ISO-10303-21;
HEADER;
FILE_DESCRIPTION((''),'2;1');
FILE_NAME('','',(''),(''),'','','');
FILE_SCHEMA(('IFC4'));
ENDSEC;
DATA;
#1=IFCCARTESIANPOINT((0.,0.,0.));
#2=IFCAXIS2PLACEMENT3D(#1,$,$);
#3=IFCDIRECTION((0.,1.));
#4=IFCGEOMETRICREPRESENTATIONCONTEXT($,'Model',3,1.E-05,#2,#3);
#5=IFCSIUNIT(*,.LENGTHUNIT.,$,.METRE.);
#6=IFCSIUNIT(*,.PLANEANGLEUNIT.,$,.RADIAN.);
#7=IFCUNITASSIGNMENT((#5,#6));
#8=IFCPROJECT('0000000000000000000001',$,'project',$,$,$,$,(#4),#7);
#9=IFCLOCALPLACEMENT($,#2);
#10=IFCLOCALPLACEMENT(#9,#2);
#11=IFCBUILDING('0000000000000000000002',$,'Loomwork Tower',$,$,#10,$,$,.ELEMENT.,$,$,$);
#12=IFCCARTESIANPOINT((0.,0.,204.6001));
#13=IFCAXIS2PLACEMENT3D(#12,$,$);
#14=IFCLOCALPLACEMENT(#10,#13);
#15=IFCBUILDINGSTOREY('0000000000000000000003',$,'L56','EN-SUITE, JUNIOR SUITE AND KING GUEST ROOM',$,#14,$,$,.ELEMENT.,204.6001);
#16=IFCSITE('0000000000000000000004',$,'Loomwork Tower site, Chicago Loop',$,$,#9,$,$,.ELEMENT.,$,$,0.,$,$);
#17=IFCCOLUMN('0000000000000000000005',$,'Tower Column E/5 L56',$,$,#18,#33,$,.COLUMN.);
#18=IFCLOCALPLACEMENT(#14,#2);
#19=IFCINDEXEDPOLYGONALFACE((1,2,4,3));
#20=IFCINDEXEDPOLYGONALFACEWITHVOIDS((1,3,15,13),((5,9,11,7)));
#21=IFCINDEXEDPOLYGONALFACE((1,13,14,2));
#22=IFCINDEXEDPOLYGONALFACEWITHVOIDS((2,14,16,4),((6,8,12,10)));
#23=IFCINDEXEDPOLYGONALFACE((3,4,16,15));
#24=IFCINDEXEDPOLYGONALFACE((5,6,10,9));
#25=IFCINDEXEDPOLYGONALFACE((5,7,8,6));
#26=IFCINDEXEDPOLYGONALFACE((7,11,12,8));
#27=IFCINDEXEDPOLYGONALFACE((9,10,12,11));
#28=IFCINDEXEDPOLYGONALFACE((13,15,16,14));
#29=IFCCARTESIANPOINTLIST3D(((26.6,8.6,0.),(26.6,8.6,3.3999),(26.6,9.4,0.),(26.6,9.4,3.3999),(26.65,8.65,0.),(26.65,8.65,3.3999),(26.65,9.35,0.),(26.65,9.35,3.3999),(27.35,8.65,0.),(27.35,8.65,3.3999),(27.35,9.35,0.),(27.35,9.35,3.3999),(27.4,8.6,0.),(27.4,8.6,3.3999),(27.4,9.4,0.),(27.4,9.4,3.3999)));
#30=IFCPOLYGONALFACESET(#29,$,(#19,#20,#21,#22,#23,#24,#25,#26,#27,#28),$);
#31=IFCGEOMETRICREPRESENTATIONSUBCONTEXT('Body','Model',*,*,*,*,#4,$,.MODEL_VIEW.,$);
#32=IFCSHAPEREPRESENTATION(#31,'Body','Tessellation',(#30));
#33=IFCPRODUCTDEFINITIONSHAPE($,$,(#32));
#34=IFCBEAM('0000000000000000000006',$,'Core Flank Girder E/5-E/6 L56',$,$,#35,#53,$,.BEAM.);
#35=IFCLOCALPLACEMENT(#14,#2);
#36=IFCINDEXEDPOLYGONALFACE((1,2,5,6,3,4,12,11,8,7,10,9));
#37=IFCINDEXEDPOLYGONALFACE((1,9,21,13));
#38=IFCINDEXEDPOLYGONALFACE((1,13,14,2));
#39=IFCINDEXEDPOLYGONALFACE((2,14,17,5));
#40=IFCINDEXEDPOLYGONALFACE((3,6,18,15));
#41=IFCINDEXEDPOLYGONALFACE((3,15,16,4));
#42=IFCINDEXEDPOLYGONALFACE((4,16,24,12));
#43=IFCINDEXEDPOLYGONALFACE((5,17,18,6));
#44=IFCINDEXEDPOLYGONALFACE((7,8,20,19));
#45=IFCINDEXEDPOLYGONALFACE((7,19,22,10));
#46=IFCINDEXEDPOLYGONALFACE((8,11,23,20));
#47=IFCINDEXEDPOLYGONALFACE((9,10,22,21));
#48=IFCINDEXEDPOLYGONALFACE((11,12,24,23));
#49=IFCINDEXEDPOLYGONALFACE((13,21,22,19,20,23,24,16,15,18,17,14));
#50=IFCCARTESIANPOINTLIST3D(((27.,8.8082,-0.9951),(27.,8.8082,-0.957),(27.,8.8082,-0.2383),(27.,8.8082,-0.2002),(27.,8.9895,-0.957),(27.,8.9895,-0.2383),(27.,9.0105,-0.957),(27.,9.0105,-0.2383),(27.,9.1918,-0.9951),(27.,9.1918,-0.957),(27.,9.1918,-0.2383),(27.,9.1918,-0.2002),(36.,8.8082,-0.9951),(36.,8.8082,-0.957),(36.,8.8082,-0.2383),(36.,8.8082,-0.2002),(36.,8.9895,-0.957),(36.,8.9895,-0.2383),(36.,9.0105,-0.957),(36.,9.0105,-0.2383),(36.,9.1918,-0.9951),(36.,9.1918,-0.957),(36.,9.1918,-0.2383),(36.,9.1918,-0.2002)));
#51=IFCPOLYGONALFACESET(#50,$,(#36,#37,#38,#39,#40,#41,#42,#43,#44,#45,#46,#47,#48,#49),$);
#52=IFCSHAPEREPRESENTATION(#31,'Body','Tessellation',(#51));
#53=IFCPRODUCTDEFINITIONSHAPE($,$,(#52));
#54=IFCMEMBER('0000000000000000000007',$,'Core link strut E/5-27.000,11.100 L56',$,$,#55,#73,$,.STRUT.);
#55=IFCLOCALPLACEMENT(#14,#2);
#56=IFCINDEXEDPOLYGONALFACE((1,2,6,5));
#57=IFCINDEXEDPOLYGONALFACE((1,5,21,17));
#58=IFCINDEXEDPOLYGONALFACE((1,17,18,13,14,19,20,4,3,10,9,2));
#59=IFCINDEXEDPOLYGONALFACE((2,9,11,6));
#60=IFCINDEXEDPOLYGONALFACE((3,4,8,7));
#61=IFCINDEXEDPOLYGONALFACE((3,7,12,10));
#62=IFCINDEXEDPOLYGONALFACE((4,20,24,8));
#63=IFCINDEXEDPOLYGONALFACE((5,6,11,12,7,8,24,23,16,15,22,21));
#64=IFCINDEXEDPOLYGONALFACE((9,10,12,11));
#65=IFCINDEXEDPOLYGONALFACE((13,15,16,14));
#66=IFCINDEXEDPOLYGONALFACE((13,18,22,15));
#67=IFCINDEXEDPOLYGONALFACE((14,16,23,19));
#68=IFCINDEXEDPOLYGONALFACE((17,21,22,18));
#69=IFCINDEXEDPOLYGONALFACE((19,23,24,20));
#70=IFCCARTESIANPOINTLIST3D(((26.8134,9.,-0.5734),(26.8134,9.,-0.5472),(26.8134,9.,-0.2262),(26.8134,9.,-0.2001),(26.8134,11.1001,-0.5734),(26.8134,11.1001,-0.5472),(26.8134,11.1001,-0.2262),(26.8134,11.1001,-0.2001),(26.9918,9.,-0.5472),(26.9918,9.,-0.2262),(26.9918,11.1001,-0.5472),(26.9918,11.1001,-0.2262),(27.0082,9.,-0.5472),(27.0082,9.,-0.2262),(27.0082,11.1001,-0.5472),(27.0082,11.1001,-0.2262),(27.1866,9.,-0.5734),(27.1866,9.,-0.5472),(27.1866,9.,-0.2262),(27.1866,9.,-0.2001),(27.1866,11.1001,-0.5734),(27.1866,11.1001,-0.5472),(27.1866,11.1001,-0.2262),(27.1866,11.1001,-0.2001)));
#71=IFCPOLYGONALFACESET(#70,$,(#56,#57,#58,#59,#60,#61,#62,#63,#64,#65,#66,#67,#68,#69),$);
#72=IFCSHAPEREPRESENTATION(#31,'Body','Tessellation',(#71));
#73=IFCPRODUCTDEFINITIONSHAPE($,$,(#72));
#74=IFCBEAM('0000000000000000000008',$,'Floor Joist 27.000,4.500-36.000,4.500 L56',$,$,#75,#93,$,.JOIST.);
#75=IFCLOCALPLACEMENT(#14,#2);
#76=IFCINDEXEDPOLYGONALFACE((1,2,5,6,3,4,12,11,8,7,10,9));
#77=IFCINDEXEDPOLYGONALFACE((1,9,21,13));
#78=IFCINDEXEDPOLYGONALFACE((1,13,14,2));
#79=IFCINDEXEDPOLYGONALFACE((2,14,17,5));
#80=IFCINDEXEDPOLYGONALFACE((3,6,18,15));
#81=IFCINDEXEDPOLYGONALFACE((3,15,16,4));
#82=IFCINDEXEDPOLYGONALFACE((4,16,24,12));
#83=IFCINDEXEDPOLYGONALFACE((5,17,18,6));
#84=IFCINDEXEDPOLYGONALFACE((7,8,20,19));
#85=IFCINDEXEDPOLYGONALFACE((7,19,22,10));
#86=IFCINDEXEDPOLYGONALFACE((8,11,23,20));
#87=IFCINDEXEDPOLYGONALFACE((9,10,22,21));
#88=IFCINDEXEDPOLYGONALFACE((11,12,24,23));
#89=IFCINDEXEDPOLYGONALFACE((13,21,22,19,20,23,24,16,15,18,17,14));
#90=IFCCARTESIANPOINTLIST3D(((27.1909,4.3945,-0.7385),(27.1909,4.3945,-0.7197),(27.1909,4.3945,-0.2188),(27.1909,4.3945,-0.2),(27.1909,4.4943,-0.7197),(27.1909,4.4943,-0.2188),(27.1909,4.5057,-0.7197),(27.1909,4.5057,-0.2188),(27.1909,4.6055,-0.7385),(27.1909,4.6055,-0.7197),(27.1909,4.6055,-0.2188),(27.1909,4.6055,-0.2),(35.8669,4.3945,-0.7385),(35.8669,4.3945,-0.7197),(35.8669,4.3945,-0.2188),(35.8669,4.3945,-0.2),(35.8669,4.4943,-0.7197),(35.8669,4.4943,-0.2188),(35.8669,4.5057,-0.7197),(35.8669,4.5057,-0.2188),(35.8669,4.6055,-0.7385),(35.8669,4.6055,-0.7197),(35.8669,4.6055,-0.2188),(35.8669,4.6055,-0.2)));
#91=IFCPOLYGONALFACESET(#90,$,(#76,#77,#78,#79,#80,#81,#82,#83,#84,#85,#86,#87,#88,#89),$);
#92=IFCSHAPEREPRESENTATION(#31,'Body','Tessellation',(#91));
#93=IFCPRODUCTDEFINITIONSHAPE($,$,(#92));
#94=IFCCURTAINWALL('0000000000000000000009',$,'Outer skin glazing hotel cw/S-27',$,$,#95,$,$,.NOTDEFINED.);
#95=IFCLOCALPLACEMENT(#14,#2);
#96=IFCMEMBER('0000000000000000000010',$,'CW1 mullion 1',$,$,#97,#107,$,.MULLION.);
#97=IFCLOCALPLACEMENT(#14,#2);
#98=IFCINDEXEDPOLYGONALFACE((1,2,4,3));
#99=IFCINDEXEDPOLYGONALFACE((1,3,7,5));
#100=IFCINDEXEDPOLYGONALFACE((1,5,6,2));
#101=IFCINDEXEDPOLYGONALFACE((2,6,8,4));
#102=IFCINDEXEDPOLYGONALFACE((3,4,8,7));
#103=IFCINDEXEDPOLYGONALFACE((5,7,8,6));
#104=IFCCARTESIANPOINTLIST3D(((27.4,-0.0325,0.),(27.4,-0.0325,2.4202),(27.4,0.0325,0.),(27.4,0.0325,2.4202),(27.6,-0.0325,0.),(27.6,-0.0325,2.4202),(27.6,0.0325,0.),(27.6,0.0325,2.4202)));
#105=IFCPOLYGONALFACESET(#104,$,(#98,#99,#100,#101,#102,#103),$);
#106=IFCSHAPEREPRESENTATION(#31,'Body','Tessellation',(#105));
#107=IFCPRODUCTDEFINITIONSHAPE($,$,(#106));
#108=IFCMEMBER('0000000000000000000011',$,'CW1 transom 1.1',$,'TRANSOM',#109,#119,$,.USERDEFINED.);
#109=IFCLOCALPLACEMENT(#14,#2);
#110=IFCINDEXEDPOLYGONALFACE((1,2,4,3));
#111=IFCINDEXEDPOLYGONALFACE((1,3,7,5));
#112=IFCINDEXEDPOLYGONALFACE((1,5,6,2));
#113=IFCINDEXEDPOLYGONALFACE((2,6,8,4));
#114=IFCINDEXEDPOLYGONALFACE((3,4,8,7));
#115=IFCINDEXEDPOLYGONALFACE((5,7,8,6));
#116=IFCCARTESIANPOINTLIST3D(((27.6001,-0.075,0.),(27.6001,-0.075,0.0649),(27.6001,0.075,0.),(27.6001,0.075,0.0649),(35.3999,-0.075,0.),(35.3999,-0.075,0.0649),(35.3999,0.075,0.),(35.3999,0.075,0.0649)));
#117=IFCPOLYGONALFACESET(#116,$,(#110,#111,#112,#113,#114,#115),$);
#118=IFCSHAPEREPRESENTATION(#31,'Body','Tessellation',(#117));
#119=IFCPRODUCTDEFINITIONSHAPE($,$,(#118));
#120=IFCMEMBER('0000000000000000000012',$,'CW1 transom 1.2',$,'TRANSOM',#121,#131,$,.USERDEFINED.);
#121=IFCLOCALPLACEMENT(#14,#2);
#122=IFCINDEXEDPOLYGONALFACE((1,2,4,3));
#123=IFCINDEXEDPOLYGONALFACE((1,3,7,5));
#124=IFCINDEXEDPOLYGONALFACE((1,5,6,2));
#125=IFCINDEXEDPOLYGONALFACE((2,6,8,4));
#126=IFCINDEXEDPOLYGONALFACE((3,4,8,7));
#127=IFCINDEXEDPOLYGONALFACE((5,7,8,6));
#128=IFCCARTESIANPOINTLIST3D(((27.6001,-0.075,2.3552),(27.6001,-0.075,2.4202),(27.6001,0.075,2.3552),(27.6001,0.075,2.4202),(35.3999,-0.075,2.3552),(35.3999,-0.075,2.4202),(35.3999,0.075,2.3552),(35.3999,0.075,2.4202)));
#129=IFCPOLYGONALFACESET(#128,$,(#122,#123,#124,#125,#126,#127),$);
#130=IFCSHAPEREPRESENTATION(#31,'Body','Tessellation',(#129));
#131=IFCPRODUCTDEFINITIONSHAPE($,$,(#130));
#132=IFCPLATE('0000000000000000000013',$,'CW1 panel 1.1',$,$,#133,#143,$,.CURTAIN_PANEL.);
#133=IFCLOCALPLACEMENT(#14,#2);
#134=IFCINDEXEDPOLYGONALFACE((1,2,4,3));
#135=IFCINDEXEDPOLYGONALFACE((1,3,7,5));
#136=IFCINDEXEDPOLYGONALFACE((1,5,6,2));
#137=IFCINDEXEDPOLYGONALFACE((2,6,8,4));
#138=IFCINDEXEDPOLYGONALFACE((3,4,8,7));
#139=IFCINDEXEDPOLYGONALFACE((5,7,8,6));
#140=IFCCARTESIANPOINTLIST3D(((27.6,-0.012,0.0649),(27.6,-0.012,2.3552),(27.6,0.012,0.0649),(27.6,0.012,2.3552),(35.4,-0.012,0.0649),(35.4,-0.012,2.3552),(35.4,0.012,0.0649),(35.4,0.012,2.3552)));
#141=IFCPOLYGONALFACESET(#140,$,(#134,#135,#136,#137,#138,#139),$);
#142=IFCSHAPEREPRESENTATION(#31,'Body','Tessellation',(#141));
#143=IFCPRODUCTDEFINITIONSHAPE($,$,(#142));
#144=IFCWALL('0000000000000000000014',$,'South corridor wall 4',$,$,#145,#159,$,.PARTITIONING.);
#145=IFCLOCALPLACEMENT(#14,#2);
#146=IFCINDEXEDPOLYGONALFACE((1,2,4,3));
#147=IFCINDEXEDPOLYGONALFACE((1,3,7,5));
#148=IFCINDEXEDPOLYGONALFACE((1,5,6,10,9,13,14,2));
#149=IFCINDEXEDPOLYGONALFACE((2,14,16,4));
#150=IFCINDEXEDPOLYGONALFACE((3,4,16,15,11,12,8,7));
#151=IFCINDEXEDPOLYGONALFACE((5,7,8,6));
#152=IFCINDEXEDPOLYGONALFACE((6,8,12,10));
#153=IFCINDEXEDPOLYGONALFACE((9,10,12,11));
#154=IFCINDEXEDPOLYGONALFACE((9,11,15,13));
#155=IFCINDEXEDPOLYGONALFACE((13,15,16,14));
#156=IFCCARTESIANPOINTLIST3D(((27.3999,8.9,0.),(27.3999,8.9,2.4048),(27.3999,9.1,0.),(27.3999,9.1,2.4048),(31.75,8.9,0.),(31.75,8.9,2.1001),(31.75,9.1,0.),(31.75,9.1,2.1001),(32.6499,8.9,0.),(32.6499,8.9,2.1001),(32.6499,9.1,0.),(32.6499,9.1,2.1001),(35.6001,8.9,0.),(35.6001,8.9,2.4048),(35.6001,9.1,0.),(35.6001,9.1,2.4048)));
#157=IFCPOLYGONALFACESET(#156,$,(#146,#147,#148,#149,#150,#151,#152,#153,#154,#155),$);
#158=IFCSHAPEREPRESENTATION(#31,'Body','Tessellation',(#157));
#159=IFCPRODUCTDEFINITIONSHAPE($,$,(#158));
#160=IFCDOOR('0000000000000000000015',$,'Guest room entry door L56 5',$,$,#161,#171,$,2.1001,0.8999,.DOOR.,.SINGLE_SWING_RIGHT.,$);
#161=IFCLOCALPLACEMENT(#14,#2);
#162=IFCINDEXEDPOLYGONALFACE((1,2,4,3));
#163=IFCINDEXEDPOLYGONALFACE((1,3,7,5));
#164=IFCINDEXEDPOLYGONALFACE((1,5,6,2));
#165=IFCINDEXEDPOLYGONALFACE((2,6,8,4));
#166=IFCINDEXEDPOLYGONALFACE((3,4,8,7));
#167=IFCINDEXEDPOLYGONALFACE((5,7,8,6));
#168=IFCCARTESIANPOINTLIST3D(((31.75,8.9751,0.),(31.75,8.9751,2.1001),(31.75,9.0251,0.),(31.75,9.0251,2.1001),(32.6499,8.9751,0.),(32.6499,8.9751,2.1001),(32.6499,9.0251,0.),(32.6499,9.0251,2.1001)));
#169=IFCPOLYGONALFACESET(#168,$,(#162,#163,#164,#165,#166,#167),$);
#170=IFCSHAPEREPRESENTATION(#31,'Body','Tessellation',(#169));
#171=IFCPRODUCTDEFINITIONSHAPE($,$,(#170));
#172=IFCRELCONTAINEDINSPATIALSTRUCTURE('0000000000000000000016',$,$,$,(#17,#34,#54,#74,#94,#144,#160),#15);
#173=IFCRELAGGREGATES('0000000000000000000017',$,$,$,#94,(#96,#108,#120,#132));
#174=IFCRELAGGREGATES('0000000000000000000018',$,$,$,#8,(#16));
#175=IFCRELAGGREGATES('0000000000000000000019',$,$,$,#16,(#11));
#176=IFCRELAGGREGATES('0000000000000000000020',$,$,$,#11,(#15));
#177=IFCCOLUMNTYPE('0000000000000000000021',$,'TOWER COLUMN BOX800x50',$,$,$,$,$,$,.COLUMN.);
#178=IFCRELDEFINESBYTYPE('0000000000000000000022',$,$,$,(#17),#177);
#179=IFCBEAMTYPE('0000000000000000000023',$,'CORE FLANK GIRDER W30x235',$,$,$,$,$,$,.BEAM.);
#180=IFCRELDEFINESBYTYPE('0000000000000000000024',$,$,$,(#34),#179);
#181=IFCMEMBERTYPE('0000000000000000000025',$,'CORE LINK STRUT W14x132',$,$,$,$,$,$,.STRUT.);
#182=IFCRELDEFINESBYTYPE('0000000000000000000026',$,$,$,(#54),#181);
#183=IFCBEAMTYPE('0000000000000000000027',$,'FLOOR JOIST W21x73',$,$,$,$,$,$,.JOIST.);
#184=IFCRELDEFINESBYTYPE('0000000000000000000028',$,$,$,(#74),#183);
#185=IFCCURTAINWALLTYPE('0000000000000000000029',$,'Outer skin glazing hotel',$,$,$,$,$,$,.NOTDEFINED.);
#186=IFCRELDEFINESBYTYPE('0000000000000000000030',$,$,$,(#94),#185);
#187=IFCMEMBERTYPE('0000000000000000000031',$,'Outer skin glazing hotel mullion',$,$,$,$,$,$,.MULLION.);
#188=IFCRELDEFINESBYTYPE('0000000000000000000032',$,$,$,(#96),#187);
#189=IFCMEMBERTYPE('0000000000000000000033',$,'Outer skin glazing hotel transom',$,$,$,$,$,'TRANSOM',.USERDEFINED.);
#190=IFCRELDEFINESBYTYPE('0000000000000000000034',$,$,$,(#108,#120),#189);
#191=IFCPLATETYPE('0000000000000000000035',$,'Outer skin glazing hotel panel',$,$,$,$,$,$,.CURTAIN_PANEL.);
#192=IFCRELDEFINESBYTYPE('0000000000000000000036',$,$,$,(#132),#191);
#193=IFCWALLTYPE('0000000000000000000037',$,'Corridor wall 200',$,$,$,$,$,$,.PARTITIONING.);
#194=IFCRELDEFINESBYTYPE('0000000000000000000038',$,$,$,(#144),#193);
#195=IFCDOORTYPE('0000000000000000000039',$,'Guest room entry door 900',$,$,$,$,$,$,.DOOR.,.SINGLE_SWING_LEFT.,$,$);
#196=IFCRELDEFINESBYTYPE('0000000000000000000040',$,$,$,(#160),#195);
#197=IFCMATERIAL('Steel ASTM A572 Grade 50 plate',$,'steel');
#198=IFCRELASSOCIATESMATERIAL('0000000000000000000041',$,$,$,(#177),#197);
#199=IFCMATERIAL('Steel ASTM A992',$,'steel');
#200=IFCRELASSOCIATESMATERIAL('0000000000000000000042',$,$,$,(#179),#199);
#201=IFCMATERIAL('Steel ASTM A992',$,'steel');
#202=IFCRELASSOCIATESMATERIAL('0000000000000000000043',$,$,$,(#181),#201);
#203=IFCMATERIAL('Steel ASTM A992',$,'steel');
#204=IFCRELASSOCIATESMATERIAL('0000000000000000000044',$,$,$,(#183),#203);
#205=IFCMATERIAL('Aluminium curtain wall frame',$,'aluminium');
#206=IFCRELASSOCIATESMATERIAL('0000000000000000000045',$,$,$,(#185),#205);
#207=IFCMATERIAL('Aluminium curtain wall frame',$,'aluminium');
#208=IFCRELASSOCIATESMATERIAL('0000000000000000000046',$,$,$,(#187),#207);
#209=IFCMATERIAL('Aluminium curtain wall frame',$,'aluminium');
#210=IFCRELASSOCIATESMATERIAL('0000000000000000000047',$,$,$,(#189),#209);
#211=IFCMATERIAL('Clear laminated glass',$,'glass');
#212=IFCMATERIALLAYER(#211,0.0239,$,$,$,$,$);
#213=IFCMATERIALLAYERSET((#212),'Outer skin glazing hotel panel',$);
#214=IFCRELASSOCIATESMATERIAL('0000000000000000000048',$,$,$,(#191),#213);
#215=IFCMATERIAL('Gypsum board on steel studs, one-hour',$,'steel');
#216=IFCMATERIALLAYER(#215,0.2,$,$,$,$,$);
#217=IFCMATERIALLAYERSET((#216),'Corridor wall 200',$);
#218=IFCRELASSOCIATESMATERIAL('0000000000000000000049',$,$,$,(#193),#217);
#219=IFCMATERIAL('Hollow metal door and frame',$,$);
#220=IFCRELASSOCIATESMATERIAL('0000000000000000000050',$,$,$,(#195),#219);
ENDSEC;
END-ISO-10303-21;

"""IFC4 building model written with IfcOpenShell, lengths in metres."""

from ifc_helpers import new_model, si_unit, direction, frame, frame_2d, origin, origin_2d, place, context, subcontext, project, spatial, rectangle, hollow_rectangle, i_section, extrude, material, layer, layer_set, material_profile, profile_set, type_object, element, fill, aggregate, save


model = new_model("IFC4")

# Units and contexts
model_context = context("Model", 3, precision=1e-05, world=origin(), true_north=direction((0.0, 1.0)))
body_context = subcontext(model_context, "Body", "Model", "MODEL_VIEW")
ifc_project = project(units=[si_unit("LENGTHUNIT", "METRE"), si_unit("PLANEANGLEUNIT", "RADIAN")], contexts=[model_context])

# Site, building, storey
site_placement = place(None, origin())
site = spatial("IfcSite", under=ifc_project, at=site_placement, Name="Loomwork Tower site, Chicago Loop", CompositionType="ELEMENT", RefElevation=0.0)
building_placement = place(site_placement, origin())
building = spatial("IfcBuilding", under=site, at=building_placement, Name="Loomwork Tower", CompositionType="ELEMENT")
storey_placement = place(building_placement, frame((0.0, 0.0, 204.6001)))
storey = spatial("IfcBuildingStorey", under=building, at=storey_placement, Name="L56", Description="EN-SUITE, JUNIOR SUITE AND KING GUEST ROOM", CompositionType="ELEMENT", Elevation=204.6001)

# Column
ifc_material_1 = material(Name="Steel ASTM A572 Grade 50 plate", Category="steel")
ifc_material_profile_1 = material_profile(ifc_material_1, hollow_rectangle(XDim=0.8, YDim=0.8, WallThickness=0.05, at=origin_2d()), Name="BOX800x50")
ifc_profile_set_1 = profile_set([ifc_material_profile_1], Name="Steel ASTM A572 Grade 50 plate")
column_type = type_object("IfcColumnType", Name="TOWER COLUMN BOX800x50", PredefinedType="COLUMN", material=ifc_profile_set_1)
column_placement = place(storey_placement, frame((27.0, 9.0, 0.0), z_axis=(0.0, 0.0, 1.0), x_axis=(1.0, 0.0, 0.0)))
element("IfcColumn", 1, at=column_placement, inside=storey, type_object=column_type, Name="Tower Column E/5 L56", PredefinedType="COLUMN", context=body_context, shape_type="SweptSolid", body=[
    extrude(hollow_rectangle(XDim=0.8, YDim=0.8, WallThickness=0.05, at=origin_2d()), origin(), (0.0, 0.0, 1.0), 3.3999),
])

# Beam
ifc_material_2 = material(Name="Steel ASTM A992", Category="steel")
ifc_material_profile_2 = material_profile(ifc_material_2, i_section(OverallWidth=0.3835, OverallDepth=0.7949, WebThickness=0.021, FlangeThickness=0.0381, at=origin_2d()), Name="W30x235")
ifc_profile_set_2 = profile_set([ifc_material_profile_2], Name="Steel ASTM A992")
beam_type_1 = type_object("IfcBeamType", Name="CORE FLANK GIRDER W30x235", PredefinedType="BEAM", material=ifc_profile_set_2)
beam_1_placement = place(storey_placement, frame((27.0, 9.0, -0.5977), z_axis=(1.0, 0.0, 0.0), x_axis=(0.0, 1.0, 0.0)))
element("IfcBeam", 2, at=beam_1_placement, inside=storey, type_object=beam_type_1, Name="Core Flank Girder E/5-E/6 L56", PredefinedType="BEAM", context=body_context, shape_type="SweptSolid", body=[
    extrude(i_section(OverallWidth=0.3835, OverallDepth=0.7949, WebThickness=0.021, FlangeThickness=0.0381, at=origin_2d()), origin(), (0.0, 0.0, 1.0), 9.0),
])

# Member
ifc_material_3 = material(Name="Steel ASTM A992", Category="steel")
ifc_material_profile_3 = material_profile(ifc_material_3, i_section(OverallWidth=0.3733, OverallDepth=0.3733, WebThickness=0.0164, FlangeThickness=0.0261, at=origin_2d()), Name="W14x132")
ifc_profile_set_3 = profile_set([ifc_material_profile_3], Name="Steel ASTM A992")
member_type_1 = type_object("IfcMemberType", Name="CORE LINK STRUT W14x132", PredefinedType="STRUT", material=ifc_profile_set_3)
member_1_placement = place(storey_placement, frame((27.0, 9.0, -0.3867), z_axis=(0.0, 1.0, 0.0), x_axis=(-1.0, 0.0, 0.0)))
element("IfcMember", 3, at=member_1_placement, inside=storey, type_object=member_type_1, Name="Core link strut E/5-27.000,11.100 L56", PredefinedType="STRUT", context=body_context, shape_type="SweptSolid", body=[
    extrude(i_section(OverallWidth=0.3733, OverallDepth=0.3733, WebThickness=0.0164, FlangeThickness=0.0261, at=origin_2d()), origin(), (0.0, 0.0, 1.0), 2.1001),
])

# Beam
ifc_material_4 = material(Name="Steel ASTM A992", Category="steel")
ifc_material_profile_4 = material_profile(ifc_material_4, i_section(OverallWidth=0.2109, OverallDepth=0.5386, WebThickness=0.0115, FlangeThickness=0.0188, at=origin_2d()), Name="W21x73")
ifc_profile_set_4 = profile_set([ifc_material_profile_4], Name="Steel ASTM A992")
beam_type_2 = type_object("IfcBeamType", Name="FLOOR JOIST W21x73", PredefinedType="JOIST", material=ifc_profile_set_4)
beam_2_placement = place(storey_placement, frame((27.1909, 4.5, -0.4692), z_axis=(1.0, 0.0, 0.0), x_axis=(0.0, 1.0, 0.0)))
element("IfcBeam", 4, at=beam_2_placement, inside=storey, type_object=beam_type_2, Name="Floor Joist 27.000,4.500-36.000,4.500 L56", PredefinedType="JOIST", context=body_context, shape_type="SweptSolid", body=[
    extrude(i_section(OverallWidth=0.2109, OverallDepth=0.5386, WebThickness=0.0115, FlangeThickness=0.0188, at=origin_2d()), origin(), (0.0, 0.0, 1.0), 8.676),
])

# Curtain wall, members, plate
ifc_material_5 = material(Name="Aluminium curtain wall frame", Category="aluminium")
curtain_wall_type = type_object("IfcCurtainWallType", Name="Outer skin glazing hotel", PredefinedType="NOTDEFINED", material=ifc_material_5)
curtain_wall_placement = place(storey_placement, origin())
curtain_wall = element("IfcCurtainWall", 5, at=curtain_wall_placement, inside=storey, type_object=curtain_wall_type, Name="Outer skin glazing hotel cw/S-27", PredefinedType="NOTDEFINED")
ifc_material_6 = material(Name="Aluminium curtain wall frame", Category="aluminium")
ifc_material_profile_5 = material_profile(ifc_material_6, rectangle(XDim=0.0649, YDim=0.2, at=origin_2d()), Name="AL 65x200")
ifc_profile_set_5 = profile_set([ifc_material_profile_5], Name="Aluminium curtain wall frame")
member_type_2 = type_object("IfcMemberType", Name="Outer skin glazing hotel mullion", PredefinedType="MULLION", material=ifc_profile_set_5)
member_2_placement = place(storey_placement, frame((27.5, 0.0, 0.0), z_axis=(0.0, 0.0, 1.0), x_axis=(0.0, 1.0, 0.0)))
member_2 = element("IfcMember", 6, at=member_2_placement, type_object=member_type_2, Name="CW1 mullion 1", PredefinedType="MULLION", context=body_context, shape_type="SweptSolid", body=[
    extrude(rectangle(XDim=0.0649, YDim=0.2, at=origin_2d()), origin(), (0.0, 0.0, 1.0), 2.4202),
])
ifc_material_7 = material(Name="Aluminium curtain wall frame", Category="aluminium")
ifc_material_profile_6 = material_profile(ifc_material_7, rectangle(XDim=0.1499, YDim=0.0649, at=origin_2d()), Name="AL 65x150")
ifc_profile_set_6 = profile_set([ifc_material_profile_6], Name="Aluminium curtain wall frame")
member_type_3 = type_object("IfcMemberType", Name="Outer skin glazing hotel transom", ElementType="TRANSOM", PredefinedType="USERDEFINED", material=ifc_profile_set_6)
member_3_placement = place(storey_placement, frame((27.6001, 0.0, 0.0325), z_axis=(1.0, 0.0, 0.0), x_axis=(0.0, 1.0, 0.0)))
member_3 = element("IfcMember", 7, at=member_3_placement, type_object=member_type_3, Name="CW1 transom 1.1", ObjectType="TRANSOM", PredefinedType="USERDEFINED", context=body_context, shape_type="SweptSolid", body=[
    extrude(rectangle(XDim=0.1499, YDim=0.0649, at=origin_2d()), origin(), (0.0, 0.0, 1.0), 7.7998),
])
member_4_placement = place(storey_placement, frame((27.6001, 0.0, 2.3877), z_axis=(1.0, 0.0, 0.0), x_axis=(0.0, 1.0, 0.0)))
member_4 = element("IfcMember", 8, at=member_4_placement, type_object=member_type_3, Name="CW1 transom 1.2", ObjectType="TRANSOM", PredefinedType="USERDEFINED", context=body_context, shape_type="SweptSolid", body=[
    extrude(rectangle(XDim=0.1499, YDim=0.0649, at=origin_2d()), origin(), (0.0, 0.0, 1.0), 7.7998),
])
ifc_material_8 = material(Name="Clear laminated glass", Category="glass")
ifc_layer_1 = layer(ifc_material_8, 0.0239)
ifc_layer_set_1 = layer_set([ifc_layer_1], Name="Outer skin glazing hotel panel")
plate_type = type_object("IfcPlateType", Name="Outer skin glazing hotel panel", PredefinedType="CURTAIN_PANEL", material=ifc_layer_set_1)
plate_placement = place(storey_placement, frame((31.5, 0.0, 0.0649), z_axis=(0.0, 0.0, 1.0), x_axis=(1.0, 0.0, 0.0)))
plate = element("IfcPlate", 9, at=plate_placement, type_object=plate_type, Name="CW1 panel 1.1", PredefinedType="CURTAIN_PANEL", context=body_context, shape_type="SweptSolid", body=[
    extrude(rectangle(XDim=7.8, YDim=0.0239, at=origin_2d()), origin(), (0.0, 0.0, 1.0), 2.2903),
])
aggregate(curtain_wall, [member_2, member_3, member_4, plate])

# Wall, opening, door
ifc_material_9 = material(Name="Gypsum board on steel studs, one-hour", Category="steel")
ifc_layer_2 = layer(ifc_material_9, 0.2)
ifc_layer_set_2 = layer_set([ifc_layer_2], Name="Corridor wall 200")
wall_type_1 = type_object("IfcWallType", Name="Corridor wall 200", PredefinedType="PARTITIONING", material=ifc_layer_set_2)
wall_1_placement = place(storey_placement, frame((27.3999, 9.0, 0.0), z_axis=(0.0, 0.0, 1.0), x_axis=(1.0, 0.0, 0.0)))
wall_1 = element("IfcWall", 10, at=wall_1_placement, inside=storey, type_object=wall_type_1, Name="South corridor wall 4", PredefinedType="PARTITIONING", context=body_context, shape_type="SweptSolid", body=[
    extrude(rectangle(XDim=8.2002, YDim=0.2, at=frame_2d((4.1001, 0.0))), origin(), (0.0, 0.0, 1.0), 2.4048),
])
opening_1_placement = place(wall_1_placement, frame((4.3501, 0.0, 0.0)))
opening_1 = element("IfcOpeningElement", 11, at=opening_1_placement, cuts=wall_1, PredefinedType="OPENING", context=body_context, shape_type="SweptSolid", body=[
    extrude(rectangle(XDim=0.8999, YDim=2.1001, at=frame_2d((0.45, 1.05))), frame((0.0, 0.1099, 0.0), z_axis=(0.0, -1.0, 0.0), x_axis=(1.0, 0.0, 0.0)), (0.0, 0.0, 1.0), 0.22),
])
ifc_material_10 = material(Name="Hollow metal door and frame")
door_type_1 = type_object("IfcDoorType", Name="Guest room entry door 900", OperationType="SINGLE_SWING_LEFT", PredefinedType="DOOR", material=ifc_material_10)
door_1_placement = place(opening_1_placement, frame((0.8999, 0.0, 0.0), z_axis=(0.0, 0.0, 1.0), x_axis=(-1.0, 0.0, 0.0)))
door_1 = element("IfcDoor", 12, at=door_1_placement, inside=storey, type_object=door_type_1, Name="Guest room entry door L56 5", OperationType="SINGLE_SWING_RIGHT", OverallHeight=2.1001, OverallWidth=0.8999, PredefinedType="DOOR", context=body_context, shape_type="SweptSolid", body=[
    extrude(rectangle(XDim=0.8999, YDim=2.1001, at=frame_2d((0.45, 1.05))), frame((0.0, 0.0249, 0.0), z_axis=(0.0, -1.0, 0.0), x_axis=(1.0, 0.0, 0.0)), (0.0, 0.0, 1.0), 0.05),
])
fill(opening_1, door_1)

save(model, "model.ifc")
